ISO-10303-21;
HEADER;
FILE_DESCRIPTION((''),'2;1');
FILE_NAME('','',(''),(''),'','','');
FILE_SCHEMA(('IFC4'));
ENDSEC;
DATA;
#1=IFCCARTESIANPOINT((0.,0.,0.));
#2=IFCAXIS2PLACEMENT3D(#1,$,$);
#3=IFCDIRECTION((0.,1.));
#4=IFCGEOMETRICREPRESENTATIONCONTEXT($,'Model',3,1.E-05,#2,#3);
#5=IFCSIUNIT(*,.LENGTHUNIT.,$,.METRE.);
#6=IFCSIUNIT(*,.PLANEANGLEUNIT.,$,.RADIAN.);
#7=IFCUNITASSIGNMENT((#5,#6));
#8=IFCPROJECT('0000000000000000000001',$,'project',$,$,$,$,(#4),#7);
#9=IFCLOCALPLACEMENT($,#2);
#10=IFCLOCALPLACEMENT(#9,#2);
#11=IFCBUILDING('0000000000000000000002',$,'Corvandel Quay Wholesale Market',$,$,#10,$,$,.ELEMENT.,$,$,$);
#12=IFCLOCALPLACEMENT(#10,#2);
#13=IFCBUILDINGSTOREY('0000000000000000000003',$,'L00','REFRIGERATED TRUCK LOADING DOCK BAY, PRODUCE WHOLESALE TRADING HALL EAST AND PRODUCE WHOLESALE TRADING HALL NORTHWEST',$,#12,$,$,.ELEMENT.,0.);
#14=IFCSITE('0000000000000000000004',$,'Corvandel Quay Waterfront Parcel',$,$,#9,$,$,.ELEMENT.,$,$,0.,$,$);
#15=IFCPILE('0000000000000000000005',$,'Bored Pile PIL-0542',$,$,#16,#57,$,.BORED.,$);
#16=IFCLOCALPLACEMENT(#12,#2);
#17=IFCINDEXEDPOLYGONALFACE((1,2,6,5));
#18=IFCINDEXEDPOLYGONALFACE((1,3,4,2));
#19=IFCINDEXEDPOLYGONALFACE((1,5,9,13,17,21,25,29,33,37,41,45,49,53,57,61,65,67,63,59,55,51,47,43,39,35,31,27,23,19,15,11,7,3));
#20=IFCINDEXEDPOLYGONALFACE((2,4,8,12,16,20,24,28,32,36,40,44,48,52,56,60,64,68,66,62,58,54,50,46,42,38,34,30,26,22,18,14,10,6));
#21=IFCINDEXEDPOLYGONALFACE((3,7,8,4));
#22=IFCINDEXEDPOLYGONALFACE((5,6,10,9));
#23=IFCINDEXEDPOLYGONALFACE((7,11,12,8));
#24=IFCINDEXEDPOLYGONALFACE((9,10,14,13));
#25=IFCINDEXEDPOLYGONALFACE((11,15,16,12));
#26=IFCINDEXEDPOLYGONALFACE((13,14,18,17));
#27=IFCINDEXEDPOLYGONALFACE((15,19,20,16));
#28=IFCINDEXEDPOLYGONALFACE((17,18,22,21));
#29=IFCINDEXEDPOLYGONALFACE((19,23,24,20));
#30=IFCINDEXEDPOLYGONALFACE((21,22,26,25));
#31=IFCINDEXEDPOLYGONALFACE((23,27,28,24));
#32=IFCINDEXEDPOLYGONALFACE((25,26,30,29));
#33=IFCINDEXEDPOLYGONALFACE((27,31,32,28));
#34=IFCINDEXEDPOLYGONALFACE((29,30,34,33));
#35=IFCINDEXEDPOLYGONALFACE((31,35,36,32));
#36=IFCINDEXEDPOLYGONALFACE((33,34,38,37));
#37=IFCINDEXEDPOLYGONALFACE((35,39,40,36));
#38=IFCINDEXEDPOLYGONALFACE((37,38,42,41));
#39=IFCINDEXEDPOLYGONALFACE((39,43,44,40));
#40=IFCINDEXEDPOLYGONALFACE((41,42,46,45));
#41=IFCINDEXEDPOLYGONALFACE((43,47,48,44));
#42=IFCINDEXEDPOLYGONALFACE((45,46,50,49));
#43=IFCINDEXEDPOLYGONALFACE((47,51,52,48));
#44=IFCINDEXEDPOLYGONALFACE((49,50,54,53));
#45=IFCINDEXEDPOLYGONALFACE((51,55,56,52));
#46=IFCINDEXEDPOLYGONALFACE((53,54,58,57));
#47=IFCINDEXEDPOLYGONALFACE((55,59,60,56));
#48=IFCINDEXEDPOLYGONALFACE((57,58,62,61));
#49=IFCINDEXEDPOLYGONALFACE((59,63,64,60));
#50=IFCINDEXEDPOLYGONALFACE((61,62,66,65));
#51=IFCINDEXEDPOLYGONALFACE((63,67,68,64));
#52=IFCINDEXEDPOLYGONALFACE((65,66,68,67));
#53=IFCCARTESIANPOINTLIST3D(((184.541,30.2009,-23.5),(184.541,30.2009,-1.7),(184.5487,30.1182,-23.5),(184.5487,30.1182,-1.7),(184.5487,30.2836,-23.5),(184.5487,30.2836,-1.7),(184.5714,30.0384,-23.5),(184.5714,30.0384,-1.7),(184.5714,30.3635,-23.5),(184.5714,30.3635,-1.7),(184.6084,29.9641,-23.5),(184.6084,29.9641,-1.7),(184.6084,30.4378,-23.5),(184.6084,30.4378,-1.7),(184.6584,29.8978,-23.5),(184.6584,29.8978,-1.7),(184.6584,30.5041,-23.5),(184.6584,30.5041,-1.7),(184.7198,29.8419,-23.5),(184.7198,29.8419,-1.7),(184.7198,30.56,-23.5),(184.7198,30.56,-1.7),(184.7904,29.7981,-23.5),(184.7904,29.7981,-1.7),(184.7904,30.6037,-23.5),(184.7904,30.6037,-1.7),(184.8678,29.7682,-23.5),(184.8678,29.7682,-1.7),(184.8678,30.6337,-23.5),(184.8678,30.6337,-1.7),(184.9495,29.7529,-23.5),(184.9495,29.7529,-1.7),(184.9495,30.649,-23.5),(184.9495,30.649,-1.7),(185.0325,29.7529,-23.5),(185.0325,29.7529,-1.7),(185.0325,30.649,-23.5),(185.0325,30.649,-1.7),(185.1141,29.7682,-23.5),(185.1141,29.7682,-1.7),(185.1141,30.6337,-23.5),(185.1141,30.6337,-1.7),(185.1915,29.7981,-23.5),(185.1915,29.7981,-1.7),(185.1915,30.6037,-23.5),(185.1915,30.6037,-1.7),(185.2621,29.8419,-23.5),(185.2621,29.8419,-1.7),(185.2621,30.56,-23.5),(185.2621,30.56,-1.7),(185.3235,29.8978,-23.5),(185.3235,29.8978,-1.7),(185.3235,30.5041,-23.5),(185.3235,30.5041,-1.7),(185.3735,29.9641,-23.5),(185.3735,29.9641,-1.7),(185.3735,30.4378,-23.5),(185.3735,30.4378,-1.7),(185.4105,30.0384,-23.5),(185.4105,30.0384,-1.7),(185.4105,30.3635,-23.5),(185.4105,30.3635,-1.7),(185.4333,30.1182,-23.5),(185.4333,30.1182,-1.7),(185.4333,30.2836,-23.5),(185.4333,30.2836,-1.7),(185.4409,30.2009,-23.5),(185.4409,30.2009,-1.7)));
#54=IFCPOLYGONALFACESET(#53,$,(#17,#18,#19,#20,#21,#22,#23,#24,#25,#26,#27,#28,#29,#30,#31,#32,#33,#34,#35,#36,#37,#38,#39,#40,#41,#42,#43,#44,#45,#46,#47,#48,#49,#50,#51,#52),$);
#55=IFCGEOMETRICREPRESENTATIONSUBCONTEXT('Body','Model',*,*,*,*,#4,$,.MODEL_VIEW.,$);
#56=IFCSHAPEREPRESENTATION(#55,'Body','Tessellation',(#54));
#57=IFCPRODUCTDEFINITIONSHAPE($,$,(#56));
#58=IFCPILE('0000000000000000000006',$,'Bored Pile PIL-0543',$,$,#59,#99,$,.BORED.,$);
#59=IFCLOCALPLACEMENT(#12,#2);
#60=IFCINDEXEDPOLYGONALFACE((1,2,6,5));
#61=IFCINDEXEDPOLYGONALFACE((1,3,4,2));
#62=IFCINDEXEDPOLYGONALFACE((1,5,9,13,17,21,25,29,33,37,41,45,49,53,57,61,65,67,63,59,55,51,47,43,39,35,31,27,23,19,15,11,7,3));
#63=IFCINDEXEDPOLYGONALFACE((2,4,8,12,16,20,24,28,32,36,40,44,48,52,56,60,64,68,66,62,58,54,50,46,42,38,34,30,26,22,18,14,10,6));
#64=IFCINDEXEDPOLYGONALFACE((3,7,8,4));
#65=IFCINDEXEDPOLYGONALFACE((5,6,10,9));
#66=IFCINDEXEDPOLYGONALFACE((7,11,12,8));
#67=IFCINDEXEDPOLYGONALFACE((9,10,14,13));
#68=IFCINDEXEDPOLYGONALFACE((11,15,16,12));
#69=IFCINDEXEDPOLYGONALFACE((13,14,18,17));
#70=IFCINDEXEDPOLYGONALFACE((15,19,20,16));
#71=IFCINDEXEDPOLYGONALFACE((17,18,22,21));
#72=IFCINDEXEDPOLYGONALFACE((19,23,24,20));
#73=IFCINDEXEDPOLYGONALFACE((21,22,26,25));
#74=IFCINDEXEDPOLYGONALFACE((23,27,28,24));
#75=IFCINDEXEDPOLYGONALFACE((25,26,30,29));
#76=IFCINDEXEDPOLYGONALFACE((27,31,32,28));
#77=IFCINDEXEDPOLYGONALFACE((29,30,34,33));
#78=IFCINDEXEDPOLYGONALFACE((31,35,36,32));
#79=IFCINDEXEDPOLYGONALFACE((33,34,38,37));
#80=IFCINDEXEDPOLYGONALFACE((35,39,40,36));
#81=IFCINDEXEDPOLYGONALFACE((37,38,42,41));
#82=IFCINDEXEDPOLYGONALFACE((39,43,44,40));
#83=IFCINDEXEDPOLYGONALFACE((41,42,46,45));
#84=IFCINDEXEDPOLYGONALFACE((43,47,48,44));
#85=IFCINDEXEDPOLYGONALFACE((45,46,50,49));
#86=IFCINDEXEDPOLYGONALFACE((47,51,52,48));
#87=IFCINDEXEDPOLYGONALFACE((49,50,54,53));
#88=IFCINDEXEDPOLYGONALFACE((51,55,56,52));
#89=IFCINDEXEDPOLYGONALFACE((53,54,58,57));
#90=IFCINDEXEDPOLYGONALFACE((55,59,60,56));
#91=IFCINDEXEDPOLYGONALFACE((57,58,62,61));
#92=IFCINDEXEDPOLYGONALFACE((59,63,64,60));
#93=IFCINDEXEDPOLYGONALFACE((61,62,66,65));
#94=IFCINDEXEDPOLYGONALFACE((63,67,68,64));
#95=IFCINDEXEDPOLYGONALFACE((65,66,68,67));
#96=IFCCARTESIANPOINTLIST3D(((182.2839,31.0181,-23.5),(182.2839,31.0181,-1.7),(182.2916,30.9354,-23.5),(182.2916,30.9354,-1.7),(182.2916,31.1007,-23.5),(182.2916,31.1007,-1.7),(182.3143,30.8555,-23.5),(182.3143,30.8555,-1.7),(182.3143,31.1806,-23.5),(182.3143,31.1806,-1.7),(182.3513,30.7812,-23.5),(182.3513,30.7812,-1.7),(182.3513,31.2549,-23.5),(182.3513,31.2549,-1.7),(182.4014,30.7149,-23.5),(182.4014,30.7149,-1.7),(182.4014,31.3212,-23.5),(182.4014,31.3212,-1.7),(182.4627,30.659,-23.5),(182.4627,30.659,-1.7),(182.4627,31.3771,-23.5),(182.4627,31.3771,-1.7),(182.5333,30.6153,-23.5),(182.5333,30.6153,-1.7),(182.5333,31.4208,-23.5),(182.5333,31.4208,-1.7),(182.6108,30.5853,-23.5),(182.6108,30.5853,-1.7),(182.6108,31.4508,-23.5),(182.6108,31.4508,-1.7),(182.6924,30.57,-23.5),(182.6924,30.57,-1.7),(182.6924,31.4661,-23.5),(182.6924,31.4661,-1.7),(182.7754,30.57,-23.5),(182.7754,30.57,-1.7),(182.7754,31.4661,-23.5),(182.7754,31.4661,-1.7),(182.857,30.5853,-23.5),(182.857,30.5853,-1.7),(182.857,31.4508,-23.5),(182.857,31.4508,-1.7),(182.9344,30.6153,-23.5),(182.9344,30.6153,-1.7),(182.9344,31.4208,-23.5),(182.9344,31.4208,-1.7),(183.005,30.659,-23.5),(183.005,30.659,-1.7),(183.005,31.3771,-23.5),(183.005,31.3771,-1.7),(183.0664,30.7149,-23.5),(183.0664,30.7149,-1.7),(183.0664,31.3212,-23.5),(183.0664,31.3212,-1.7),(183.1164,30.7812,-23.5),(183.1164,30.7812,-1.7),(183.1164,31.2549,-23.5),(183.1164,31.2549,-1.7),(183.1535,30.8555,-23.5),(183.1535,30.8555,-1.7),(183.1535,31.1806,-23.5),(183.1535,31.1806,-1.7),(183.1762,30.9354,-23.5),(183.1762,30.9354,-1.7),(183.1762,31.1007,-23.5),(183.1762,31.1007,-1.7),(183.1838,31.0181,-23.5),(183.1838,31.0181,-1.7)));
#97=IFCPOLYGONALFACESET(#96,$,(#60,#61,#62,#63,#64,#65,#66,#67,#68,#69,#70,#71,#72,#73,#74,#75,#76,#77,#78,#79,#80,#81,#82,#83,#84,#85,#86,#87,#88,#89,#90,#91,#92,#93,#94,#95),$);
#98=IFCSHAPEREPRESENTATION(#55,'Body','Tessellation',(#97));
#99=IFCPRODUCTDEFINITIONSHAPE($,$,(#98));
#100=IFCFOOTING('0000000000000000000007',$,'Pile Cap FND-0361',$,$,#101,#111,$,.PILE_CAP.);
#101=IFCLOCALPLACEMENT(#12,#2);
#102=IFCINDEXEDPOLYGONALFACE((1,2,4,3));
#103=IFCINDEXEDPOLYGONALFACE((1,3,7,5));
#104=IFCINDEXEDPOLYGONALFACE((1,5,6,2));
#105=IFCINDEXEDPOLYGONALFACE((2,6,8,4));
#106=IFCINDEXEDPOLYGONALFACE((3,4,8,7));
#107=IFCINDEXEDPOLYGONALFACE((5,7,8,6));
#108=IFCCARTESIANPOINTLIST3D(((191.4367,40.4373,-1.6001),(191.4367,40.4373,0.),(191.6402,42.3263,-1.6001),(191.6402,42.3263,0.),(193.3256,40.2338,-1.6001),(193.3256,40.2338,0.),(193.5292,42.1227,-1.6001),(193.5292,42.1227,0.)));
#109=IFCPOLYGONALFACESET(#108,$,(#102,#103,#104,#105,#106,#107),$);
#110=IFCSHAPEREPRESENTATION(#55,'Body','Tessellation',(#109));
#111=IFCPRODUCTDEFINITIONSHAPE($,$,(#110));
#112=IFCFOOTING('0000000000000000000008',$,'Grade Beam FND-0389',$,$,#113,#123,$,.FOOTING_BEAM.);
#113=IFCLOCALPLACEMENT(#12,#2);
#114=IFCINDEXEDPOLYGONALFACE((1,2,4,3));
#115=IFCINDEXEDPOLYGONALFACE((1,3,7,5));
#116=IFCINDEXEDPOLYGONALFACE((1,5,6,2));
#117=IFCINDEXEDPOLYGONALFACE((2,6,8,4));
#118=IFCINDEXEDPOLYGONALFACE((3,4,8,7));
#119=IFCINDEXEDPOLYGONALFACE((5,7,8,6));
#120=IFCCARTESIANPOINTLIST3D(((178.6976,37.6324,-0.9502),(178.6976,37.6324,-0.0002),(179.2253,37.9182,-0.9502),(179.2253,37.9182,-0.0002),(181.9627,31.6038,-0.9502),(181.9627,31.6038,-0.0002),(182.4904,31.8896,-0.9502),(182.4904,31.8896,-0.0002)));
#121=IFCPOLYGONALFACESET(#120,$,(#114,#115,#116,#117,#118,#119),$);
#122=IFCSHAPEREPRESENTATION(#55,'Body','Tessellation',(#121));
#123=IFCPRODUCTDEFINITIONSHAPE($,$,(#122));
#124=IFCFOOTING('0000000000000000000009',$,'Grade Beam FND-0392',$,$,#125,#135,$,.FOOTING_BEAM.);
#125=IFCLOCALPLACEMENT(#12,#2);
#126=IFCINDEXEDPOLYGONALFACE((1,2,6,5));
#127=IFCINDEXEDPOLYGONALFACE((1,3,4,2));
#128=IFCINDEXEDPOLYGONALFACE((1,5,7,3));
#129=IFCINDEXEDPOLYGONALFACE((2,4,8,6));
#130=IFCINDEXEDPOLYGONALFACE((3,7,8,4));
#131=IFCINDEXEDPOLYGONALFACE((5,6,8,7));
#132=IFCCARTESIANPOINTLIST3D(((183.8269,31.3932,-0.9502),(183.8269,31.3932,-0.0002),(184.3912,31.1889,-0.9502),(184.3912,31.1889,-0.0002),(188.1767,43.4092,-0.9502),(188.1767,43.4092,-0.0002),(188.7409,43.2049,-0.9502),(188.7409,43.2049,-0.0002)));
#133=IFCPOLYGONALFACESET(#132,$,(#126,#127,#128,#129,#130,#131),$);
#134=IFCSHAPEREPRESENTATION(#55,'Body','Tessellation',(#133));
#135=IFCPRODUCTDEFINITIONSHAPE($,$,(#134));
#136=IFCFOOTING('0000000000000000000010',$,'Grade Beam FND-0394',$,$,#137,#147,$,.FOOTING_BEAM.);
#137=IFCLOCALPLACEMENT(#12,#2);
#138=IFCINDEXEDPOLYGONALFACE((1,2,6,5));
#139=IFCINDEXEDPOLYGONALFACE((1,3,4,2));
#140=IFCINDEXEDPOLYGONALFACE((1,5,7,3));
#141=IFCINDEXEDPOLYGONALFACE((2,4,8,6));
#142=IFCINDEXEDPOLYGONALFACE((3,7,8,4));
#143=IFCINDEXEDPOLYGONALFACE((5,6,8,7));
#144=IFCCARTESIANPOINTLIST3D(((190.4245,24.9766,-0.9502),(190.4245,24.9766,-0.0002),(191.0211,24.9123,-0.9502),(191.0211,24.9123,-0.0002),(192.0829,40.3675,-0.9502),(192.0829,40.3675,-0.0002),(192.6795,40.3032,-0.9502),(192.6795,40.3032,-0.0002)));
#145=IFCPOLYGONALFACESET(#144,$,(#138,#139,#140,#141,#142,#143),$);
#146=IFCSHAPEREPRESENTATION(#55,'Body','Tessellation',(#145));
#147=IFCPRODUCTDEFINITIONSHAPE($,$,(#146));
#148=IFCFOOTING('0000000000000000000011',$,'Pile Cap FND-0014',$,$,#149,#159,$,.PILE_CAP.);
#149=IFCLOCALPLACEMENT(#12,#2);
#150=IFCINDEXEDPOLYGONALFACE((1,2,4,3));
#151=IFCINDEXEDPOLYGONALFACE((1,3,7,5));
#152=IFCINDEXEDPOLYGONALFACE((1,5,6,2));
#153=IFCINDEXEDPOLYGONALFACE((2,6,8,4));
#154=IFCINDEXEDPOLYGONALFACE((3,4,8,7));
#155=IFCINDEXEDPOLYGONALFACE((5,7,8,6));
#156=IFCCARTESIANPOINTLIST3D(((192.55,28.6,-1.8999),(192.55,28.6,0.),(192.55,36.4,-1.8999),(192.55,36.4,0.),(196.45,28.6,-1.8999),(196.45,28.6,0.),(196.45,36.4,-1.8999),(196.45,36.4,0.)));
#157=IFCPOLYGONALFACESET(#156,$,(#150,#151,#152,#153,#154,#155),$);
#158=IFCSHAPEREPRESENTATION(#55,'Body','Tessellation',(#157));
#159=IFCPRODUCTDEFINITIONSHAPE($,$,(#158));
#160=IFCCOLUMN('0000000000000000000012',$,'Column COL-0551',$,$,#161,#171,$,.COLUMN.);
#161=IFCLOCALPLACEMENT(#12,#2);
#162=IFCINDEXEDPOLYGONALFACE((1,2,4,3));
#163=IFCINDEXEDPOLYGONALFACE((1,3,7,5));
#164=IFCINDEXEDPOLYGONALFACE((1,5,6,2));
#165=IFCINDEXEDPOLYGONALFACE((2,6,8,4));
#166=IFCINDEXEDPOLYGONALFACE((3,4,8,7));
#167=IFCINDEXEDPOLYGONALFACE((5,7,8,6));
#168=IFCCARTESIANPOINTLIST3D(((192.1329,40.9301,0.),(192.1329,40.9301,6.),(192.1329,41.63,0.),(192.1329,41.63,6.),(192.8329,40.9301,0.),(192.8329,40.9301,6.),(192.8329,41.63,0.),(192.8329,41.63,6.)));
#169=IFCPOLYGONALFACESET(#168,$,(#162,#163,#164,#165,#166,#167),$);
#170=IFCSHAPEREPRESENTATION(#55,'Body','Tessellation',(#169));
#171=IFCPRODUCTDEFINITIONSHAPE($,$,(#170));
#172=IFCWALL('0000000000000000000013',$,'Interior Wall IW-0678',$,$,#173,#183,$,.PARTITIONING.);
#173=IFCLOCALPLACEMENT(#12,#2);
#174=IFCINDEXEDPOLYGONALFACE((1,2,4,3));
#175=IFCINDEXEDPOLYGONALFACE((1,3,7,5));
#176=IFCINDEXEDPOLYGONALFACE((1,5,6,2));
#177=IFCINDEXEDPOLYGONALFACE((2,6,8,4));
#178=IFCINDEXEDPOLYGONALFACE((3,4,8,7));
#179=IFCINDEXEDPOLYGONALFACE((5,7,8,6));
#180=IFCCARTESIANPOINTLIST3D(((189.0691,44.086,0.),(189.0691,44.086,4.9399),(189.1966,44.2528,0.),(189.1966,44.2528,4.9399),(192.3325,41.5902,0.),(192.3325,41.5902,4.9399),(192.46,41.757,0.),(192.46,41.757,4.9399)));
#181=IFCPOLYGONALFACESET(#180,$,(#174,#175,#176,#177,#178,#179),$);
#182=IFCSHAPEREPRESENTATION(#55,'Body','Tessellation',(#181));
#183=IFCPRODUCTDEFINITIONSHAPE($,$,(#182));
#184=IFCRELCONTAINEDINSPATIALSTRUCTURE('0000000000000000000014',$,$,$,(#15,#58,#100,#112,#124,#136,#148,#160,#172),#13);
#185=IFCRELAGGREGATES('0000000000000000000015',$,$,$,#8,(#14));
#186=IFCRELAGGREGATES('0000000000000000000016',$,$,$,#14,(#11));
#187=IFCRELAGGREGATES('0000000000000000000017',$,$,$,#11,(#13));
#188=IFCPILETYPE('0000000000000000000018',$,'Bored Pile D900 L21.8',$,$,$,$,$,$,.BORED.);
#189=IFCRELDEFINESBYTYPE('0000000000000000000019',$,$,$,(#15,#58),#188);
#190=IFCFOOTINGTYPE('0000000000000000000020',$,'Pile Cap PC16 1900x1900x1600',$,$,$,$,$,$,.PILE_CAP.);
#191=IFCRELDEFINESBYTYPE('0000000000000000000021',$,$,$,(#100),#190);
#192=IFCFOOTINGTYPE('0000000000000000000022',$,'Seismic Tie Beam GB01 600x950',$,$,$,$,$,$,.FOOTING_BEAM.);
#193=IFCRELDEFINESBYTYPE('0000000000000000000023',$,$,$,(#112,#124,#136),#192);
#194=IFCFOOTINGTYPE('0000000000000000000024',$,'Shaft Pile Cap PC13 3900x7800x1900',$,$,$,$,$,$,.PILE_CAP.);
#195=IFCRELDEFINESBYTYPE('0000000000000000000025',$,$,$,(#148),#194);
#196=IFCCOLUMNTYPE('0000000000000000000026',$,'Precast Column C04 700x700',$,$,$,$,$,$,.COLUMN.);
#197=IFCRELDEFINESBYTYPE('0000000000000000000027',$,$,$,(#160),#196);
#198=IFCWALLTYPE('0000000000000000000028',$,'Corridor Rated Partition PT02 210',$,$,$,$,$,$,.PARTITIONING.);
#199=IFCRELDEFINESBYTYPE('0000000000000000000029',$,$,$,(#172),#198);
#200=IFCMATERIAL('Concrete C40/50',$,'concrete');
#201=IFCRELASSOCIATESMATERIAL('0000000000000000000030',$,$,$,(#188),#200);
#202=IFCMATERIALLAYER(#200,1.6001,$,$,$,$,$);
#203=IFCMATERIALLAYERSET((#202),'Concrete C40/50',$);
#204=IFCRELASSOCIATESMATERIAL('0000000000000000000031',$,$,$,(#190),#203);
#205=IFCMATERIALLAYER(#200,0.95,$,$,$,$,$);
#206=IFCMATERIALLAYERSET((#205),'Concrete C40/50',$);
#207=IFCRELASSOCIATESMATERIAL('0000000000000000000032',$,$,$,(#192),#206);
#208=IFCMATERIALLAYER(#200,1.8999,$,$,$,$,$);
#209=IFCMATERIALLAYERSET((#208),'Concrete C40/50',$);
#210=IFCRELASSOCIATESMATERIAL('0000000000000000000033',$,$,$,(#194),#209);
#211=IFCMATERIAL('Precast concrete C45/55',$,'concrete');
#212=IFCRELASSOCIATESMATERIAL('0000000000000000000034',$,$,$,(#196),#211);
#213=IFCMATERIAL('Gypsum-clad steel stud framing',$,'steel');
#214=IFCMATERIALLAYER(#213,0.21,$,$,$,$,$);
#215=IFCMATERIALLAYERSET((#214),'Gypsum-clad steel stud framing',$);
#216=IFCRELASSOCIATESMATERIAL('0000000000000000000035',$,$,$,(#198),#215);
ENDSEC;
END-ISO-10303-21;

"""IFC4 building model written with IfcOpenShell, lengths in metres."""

from ifc_helpers import new_model, si_unit, direction, frame, frame_2d, origin, origin_2d, place, context, subcontext, project, spatial, rectangle, circle, extrude, material, layer, layer_set, material_profile, profile_set, type_object, element, save


model = new_model("IFC4")

# Units and contexts
model_context = context("Model", 3, precision=1e-05, world=origin(), true_north=direction((0.0, 1.0)))
body_context = subcontext(model_context, "Body", "Model", "MODEL_VIEW")
ifc_project = project(units=[si_unit("LENGTHUNIT", "METRE"), si_unit("PLANEANGLEUNIT", "RADIAN")], contexts=[model_context])

# Site, building, storey
site_placement = place(None, origin())
site = spatial("IfcSite", under=ifc_project, at=site_placement, Name="Corvandel Quay Waterfront Parcel", CompositionType="ELEMENT", RefElevation=0.0)
building_placement = place(site_placement, origin())
building = spatial("IfcBuilding", under=site, at=building_placement, Name="Corvandel Quay Wholesale Market", CompositionType="ELEMENT")
storey_placement = place(building_placement, origin())
storey = spatial("IfcBuildingStorey", under=building, at=storey_placement, Name="L00", Description="REFRIGERATED TRUCK LOADING DOCK BAY, PRODUCE WHOLESALE TRADING HALL EAST AND PRODUCE WHOLESALE TRADING HALL NORTHWEST", CompositionType="ELEMENT", Elevation=0.0)

# Piles
ifc_material_1 = material(Name="Concrete C40/50", Category="concrete")
ifc_material_profile_1 = material_profile(ifc_material_1, circle(Radius=0.45, at=origin_2d()), Name="RC-PILE-D900")
ifc_profile_set_1 = profile_set([ifc_material_profile_1], Name="Concrete C40/50")
pile_type_1 = type_object("IfcPileType", Name="Bored Pile D900 L21.8", PredefinedType="BORED", material=ifc_profile_set_1)
for number, where, z_axis, x_axis, name in (
    (1, (184.991, 30.2009, -1.7), (0.0, 0.0, -1.0), (1.0, 0.0, 0.0), "Bored Pile PIL-0542"),
    (2, (182.7339, 31.0181, -1.7), (0.0, 0.0, -1.0), (1.0, 0.0, 0.0), "Bored Pile PIL-0543"),
):
    element("IfcPile", number, at=place(storey_placement, frame(where, z_axis=z_axis, x_axis=x_axis)), inside=storey, type_object=pile_type_1, Name=name, PredefinedType="BORED", context=body_context, shape_type="SweptSolid", body=[
        extrude(circle(Radius=0.45, at=origin_2d()), origin(), (0.0, 0.0, 1.0), 21.8),
    ])

# Footings
ifc_layer_1 = layer(ifc_material_1, 1.6001)
ifc_layer_set_1 = layer_set([ifc_layer_1], Name="Concrete C40/50")
footing_type_1 = type_object("IfcFootingType", Name="Pile Cap PC16 1900x1900x1600", PredefinedType="PILE_CAP", material=ifc_layer_set_1)
footing_1_placement = place(storey_placement, frame((192.4829, 41.28, -1.6001), z_axis=(0.0, 0.0, 1.0), x_axis=(-0.994245, 0.107132, 0.0)))
element("IfcFooting", 3, at=footing_1_placement, inside=storey, type_object=footing_type_1, Name="Pile Cap FND-0361", PredefinedType="PILE_CAP", context=body_context, shape_type="SweptSolid", body=[
    extrude(rectangle(XDim=1.8999, YDim=1.8999, at=origin_2d()), origin(), (0.0, 0.0, 1.0), 1.6001),
])
ifc_layer_2 = layer(ifc_material_1, 0.95)
ifc_layer_set_2 = layer_set([ifc_layer_2], Name="Concrete C40/50")
footing_type_2 = type_object("IfcFootingType", Name="Seismic Tie Beam GB01 600x950", PredefinedType="FOOTING_BEAM", material=ifc_layer_set_2)
footing_2_placement = place(storey_placement, frame((180.594, 34.761, -0.9502), z_axis=(0.0, 0.0, 1.0), x_axis=(-0.476238, 0.879316, 0.0)))
element("IfcFooting", 4, at=footing_2_placement, inside=storey, type_object=footing_type_2, Name="Grade Beam FND-0389", PredefinedType="FOOTING_BEAM", context=body_context, shape_type="SweptSolid", body=[
    extrude(rectangle(XDim=6.856, YDim=0.6001, at=origin_2d()), origin(), (0.0, 0.0, 1.0), 0.95),
])
footing_3_placement = place(storey_placement, frame((186.2839, 37.2991, -0.9502), z_axis=(0.0, 0.0, 1.0), x_axis=(0.34038, 0.940288, 0.0)))
element("IfcFooting", 5, at=footing_3_placement, inside=storey, type_object=footing_type_2, Name="Grade Beam FND-0392", PredefinedType="FOOTING_BEAM", context=body_context, shape_type="SweptSolid", body=[
    extrude(rectangle(XDim=12.7791, YDim=0.6001, at=origin_2d()), origin(), (0.0, 0.0, 1.0), 0.95),
])
footing_4_placement = place(storey_placement, frame((191.552, 32.6399, -0.9502), z_axis=(0.0, 0.0, 1.0), x_axis=(0.107132, 0.994245, 0.0)))
element("IfcFooting", 6, at=footing_4_placement, inside=storey, type_object=footing_type_2, Name="Grade Beam FND-0394", PredefinedType="FOOTING_BEAM", context=body_context, shape_type="SweptSolid", body=[
    extrude(rectangle(XDim=15.48, YDim=0.6001, at=origin_2d()), origin(), (0.0, 0.0, 1.0), 0.95),
])
ifc_layer_3 = layer(ifc_material_1, 1.8999)
ifc_layer_set_3 = layer_set([ifc_layer_3], Name="Concrete C40/50")
footing_type_3 = type_object("IfcFootingType", Name="Shaft Pile Cap PC13 3900x7800x1900", PredefinedType="PILE_CAP", material=ifc_layer_set_3)
footing_5_placement = place(storey_placement, frame((194.5, 32.5, -1.8999), z_axis=(0.0, 0.0, 1.0), x_axis=(1.0, 0.0, 0.0)))
element("IfcFooting", 7, at=footing_5_placement, inside=storey, type_object=footing_type_3, Name="Pile Cap FND-0014", PredefinedType="PILE_CAP", context=body_context, shape_type="SweptSolid", body=[
    extrude(rectangle(XDim=3.8999, YDim=7.8, at=origin_2d()), origin(), (0.0, 0.0, 1.0), 1.8999),
])

# Column
ifc_material_2 = material(Name="Precast concrete C45/55", Category="concrete")
ifc_material_profile_2 = material_profile(ifc_material_2, rectangle(XDim=0.7, YDim=0.7, at=origin_2d()), Name="PC-COL-700x700")
ifc_profile_set_2 = profile_set([ifc_material_profile_2], Name="Precast concrete C45/55")
column_type = type_object("IfcColumnType", Name="Precast Column C04 700x700", PredefinedType="COLUMN", material=ifc_profile_set_2)
column_placement = place(storey_placement, frame((192.4829, 41.28, 0.0), z_axis=(0.0, 0.0, 1.0), x_axis=(1.0, 0.0, 0.0)))
element("IfcColumn", 8, at=column_placement, inside=storey, type_object=column_type, Name="Column COL-0551", PredefinedType="COLUMN", context=body_context, shape_type="SweptSolid", body=[
    extrude(rectangle(XDim=0.7, YDim=0.7, at=origin_2d()), origin(), (0.0, 0.0, 1.0), 6.0),
])

# Wall
ifc_material_3 = material(Name="Gypsum-clad steel stud framing", Category="steel")
ifc_layer_4 = layer(ifc_material_3, 0.21)
ifc_layer_set_4 = layer_set([ifc_layer_4], Name="Gypsum-clad steel stud framing")
wall_type_1 = type_object("IfcWallType", Name="Corridor Rated Partition PT02 210", PredefinedType="PARTITIONING", material=ifc_layer_set_4)
wall_1_placement = place(storey_placement, frame((192.3962, 41.6736, 0.0), z_axis=(0.0, 0.0, 1.0), x_axis=(-0.794324, 0.607494, 0.0)))
element("IfcWall", 9, at=wall_1_placement, inside=storey, type_object=wall_type_1, Name="Interior Wall IW-0678", PredefinedType="PARTITIONING", context=body_context, shape_type="SweptSolid", body=[
    extrude(rectangle(XDim=4.1084, YDim=0.21, at=frame_2d((2.0542, 0.0))), origin(), (0.0, 0.0, 1.0), 4.9399),
])

save(model, "model.ifc")
